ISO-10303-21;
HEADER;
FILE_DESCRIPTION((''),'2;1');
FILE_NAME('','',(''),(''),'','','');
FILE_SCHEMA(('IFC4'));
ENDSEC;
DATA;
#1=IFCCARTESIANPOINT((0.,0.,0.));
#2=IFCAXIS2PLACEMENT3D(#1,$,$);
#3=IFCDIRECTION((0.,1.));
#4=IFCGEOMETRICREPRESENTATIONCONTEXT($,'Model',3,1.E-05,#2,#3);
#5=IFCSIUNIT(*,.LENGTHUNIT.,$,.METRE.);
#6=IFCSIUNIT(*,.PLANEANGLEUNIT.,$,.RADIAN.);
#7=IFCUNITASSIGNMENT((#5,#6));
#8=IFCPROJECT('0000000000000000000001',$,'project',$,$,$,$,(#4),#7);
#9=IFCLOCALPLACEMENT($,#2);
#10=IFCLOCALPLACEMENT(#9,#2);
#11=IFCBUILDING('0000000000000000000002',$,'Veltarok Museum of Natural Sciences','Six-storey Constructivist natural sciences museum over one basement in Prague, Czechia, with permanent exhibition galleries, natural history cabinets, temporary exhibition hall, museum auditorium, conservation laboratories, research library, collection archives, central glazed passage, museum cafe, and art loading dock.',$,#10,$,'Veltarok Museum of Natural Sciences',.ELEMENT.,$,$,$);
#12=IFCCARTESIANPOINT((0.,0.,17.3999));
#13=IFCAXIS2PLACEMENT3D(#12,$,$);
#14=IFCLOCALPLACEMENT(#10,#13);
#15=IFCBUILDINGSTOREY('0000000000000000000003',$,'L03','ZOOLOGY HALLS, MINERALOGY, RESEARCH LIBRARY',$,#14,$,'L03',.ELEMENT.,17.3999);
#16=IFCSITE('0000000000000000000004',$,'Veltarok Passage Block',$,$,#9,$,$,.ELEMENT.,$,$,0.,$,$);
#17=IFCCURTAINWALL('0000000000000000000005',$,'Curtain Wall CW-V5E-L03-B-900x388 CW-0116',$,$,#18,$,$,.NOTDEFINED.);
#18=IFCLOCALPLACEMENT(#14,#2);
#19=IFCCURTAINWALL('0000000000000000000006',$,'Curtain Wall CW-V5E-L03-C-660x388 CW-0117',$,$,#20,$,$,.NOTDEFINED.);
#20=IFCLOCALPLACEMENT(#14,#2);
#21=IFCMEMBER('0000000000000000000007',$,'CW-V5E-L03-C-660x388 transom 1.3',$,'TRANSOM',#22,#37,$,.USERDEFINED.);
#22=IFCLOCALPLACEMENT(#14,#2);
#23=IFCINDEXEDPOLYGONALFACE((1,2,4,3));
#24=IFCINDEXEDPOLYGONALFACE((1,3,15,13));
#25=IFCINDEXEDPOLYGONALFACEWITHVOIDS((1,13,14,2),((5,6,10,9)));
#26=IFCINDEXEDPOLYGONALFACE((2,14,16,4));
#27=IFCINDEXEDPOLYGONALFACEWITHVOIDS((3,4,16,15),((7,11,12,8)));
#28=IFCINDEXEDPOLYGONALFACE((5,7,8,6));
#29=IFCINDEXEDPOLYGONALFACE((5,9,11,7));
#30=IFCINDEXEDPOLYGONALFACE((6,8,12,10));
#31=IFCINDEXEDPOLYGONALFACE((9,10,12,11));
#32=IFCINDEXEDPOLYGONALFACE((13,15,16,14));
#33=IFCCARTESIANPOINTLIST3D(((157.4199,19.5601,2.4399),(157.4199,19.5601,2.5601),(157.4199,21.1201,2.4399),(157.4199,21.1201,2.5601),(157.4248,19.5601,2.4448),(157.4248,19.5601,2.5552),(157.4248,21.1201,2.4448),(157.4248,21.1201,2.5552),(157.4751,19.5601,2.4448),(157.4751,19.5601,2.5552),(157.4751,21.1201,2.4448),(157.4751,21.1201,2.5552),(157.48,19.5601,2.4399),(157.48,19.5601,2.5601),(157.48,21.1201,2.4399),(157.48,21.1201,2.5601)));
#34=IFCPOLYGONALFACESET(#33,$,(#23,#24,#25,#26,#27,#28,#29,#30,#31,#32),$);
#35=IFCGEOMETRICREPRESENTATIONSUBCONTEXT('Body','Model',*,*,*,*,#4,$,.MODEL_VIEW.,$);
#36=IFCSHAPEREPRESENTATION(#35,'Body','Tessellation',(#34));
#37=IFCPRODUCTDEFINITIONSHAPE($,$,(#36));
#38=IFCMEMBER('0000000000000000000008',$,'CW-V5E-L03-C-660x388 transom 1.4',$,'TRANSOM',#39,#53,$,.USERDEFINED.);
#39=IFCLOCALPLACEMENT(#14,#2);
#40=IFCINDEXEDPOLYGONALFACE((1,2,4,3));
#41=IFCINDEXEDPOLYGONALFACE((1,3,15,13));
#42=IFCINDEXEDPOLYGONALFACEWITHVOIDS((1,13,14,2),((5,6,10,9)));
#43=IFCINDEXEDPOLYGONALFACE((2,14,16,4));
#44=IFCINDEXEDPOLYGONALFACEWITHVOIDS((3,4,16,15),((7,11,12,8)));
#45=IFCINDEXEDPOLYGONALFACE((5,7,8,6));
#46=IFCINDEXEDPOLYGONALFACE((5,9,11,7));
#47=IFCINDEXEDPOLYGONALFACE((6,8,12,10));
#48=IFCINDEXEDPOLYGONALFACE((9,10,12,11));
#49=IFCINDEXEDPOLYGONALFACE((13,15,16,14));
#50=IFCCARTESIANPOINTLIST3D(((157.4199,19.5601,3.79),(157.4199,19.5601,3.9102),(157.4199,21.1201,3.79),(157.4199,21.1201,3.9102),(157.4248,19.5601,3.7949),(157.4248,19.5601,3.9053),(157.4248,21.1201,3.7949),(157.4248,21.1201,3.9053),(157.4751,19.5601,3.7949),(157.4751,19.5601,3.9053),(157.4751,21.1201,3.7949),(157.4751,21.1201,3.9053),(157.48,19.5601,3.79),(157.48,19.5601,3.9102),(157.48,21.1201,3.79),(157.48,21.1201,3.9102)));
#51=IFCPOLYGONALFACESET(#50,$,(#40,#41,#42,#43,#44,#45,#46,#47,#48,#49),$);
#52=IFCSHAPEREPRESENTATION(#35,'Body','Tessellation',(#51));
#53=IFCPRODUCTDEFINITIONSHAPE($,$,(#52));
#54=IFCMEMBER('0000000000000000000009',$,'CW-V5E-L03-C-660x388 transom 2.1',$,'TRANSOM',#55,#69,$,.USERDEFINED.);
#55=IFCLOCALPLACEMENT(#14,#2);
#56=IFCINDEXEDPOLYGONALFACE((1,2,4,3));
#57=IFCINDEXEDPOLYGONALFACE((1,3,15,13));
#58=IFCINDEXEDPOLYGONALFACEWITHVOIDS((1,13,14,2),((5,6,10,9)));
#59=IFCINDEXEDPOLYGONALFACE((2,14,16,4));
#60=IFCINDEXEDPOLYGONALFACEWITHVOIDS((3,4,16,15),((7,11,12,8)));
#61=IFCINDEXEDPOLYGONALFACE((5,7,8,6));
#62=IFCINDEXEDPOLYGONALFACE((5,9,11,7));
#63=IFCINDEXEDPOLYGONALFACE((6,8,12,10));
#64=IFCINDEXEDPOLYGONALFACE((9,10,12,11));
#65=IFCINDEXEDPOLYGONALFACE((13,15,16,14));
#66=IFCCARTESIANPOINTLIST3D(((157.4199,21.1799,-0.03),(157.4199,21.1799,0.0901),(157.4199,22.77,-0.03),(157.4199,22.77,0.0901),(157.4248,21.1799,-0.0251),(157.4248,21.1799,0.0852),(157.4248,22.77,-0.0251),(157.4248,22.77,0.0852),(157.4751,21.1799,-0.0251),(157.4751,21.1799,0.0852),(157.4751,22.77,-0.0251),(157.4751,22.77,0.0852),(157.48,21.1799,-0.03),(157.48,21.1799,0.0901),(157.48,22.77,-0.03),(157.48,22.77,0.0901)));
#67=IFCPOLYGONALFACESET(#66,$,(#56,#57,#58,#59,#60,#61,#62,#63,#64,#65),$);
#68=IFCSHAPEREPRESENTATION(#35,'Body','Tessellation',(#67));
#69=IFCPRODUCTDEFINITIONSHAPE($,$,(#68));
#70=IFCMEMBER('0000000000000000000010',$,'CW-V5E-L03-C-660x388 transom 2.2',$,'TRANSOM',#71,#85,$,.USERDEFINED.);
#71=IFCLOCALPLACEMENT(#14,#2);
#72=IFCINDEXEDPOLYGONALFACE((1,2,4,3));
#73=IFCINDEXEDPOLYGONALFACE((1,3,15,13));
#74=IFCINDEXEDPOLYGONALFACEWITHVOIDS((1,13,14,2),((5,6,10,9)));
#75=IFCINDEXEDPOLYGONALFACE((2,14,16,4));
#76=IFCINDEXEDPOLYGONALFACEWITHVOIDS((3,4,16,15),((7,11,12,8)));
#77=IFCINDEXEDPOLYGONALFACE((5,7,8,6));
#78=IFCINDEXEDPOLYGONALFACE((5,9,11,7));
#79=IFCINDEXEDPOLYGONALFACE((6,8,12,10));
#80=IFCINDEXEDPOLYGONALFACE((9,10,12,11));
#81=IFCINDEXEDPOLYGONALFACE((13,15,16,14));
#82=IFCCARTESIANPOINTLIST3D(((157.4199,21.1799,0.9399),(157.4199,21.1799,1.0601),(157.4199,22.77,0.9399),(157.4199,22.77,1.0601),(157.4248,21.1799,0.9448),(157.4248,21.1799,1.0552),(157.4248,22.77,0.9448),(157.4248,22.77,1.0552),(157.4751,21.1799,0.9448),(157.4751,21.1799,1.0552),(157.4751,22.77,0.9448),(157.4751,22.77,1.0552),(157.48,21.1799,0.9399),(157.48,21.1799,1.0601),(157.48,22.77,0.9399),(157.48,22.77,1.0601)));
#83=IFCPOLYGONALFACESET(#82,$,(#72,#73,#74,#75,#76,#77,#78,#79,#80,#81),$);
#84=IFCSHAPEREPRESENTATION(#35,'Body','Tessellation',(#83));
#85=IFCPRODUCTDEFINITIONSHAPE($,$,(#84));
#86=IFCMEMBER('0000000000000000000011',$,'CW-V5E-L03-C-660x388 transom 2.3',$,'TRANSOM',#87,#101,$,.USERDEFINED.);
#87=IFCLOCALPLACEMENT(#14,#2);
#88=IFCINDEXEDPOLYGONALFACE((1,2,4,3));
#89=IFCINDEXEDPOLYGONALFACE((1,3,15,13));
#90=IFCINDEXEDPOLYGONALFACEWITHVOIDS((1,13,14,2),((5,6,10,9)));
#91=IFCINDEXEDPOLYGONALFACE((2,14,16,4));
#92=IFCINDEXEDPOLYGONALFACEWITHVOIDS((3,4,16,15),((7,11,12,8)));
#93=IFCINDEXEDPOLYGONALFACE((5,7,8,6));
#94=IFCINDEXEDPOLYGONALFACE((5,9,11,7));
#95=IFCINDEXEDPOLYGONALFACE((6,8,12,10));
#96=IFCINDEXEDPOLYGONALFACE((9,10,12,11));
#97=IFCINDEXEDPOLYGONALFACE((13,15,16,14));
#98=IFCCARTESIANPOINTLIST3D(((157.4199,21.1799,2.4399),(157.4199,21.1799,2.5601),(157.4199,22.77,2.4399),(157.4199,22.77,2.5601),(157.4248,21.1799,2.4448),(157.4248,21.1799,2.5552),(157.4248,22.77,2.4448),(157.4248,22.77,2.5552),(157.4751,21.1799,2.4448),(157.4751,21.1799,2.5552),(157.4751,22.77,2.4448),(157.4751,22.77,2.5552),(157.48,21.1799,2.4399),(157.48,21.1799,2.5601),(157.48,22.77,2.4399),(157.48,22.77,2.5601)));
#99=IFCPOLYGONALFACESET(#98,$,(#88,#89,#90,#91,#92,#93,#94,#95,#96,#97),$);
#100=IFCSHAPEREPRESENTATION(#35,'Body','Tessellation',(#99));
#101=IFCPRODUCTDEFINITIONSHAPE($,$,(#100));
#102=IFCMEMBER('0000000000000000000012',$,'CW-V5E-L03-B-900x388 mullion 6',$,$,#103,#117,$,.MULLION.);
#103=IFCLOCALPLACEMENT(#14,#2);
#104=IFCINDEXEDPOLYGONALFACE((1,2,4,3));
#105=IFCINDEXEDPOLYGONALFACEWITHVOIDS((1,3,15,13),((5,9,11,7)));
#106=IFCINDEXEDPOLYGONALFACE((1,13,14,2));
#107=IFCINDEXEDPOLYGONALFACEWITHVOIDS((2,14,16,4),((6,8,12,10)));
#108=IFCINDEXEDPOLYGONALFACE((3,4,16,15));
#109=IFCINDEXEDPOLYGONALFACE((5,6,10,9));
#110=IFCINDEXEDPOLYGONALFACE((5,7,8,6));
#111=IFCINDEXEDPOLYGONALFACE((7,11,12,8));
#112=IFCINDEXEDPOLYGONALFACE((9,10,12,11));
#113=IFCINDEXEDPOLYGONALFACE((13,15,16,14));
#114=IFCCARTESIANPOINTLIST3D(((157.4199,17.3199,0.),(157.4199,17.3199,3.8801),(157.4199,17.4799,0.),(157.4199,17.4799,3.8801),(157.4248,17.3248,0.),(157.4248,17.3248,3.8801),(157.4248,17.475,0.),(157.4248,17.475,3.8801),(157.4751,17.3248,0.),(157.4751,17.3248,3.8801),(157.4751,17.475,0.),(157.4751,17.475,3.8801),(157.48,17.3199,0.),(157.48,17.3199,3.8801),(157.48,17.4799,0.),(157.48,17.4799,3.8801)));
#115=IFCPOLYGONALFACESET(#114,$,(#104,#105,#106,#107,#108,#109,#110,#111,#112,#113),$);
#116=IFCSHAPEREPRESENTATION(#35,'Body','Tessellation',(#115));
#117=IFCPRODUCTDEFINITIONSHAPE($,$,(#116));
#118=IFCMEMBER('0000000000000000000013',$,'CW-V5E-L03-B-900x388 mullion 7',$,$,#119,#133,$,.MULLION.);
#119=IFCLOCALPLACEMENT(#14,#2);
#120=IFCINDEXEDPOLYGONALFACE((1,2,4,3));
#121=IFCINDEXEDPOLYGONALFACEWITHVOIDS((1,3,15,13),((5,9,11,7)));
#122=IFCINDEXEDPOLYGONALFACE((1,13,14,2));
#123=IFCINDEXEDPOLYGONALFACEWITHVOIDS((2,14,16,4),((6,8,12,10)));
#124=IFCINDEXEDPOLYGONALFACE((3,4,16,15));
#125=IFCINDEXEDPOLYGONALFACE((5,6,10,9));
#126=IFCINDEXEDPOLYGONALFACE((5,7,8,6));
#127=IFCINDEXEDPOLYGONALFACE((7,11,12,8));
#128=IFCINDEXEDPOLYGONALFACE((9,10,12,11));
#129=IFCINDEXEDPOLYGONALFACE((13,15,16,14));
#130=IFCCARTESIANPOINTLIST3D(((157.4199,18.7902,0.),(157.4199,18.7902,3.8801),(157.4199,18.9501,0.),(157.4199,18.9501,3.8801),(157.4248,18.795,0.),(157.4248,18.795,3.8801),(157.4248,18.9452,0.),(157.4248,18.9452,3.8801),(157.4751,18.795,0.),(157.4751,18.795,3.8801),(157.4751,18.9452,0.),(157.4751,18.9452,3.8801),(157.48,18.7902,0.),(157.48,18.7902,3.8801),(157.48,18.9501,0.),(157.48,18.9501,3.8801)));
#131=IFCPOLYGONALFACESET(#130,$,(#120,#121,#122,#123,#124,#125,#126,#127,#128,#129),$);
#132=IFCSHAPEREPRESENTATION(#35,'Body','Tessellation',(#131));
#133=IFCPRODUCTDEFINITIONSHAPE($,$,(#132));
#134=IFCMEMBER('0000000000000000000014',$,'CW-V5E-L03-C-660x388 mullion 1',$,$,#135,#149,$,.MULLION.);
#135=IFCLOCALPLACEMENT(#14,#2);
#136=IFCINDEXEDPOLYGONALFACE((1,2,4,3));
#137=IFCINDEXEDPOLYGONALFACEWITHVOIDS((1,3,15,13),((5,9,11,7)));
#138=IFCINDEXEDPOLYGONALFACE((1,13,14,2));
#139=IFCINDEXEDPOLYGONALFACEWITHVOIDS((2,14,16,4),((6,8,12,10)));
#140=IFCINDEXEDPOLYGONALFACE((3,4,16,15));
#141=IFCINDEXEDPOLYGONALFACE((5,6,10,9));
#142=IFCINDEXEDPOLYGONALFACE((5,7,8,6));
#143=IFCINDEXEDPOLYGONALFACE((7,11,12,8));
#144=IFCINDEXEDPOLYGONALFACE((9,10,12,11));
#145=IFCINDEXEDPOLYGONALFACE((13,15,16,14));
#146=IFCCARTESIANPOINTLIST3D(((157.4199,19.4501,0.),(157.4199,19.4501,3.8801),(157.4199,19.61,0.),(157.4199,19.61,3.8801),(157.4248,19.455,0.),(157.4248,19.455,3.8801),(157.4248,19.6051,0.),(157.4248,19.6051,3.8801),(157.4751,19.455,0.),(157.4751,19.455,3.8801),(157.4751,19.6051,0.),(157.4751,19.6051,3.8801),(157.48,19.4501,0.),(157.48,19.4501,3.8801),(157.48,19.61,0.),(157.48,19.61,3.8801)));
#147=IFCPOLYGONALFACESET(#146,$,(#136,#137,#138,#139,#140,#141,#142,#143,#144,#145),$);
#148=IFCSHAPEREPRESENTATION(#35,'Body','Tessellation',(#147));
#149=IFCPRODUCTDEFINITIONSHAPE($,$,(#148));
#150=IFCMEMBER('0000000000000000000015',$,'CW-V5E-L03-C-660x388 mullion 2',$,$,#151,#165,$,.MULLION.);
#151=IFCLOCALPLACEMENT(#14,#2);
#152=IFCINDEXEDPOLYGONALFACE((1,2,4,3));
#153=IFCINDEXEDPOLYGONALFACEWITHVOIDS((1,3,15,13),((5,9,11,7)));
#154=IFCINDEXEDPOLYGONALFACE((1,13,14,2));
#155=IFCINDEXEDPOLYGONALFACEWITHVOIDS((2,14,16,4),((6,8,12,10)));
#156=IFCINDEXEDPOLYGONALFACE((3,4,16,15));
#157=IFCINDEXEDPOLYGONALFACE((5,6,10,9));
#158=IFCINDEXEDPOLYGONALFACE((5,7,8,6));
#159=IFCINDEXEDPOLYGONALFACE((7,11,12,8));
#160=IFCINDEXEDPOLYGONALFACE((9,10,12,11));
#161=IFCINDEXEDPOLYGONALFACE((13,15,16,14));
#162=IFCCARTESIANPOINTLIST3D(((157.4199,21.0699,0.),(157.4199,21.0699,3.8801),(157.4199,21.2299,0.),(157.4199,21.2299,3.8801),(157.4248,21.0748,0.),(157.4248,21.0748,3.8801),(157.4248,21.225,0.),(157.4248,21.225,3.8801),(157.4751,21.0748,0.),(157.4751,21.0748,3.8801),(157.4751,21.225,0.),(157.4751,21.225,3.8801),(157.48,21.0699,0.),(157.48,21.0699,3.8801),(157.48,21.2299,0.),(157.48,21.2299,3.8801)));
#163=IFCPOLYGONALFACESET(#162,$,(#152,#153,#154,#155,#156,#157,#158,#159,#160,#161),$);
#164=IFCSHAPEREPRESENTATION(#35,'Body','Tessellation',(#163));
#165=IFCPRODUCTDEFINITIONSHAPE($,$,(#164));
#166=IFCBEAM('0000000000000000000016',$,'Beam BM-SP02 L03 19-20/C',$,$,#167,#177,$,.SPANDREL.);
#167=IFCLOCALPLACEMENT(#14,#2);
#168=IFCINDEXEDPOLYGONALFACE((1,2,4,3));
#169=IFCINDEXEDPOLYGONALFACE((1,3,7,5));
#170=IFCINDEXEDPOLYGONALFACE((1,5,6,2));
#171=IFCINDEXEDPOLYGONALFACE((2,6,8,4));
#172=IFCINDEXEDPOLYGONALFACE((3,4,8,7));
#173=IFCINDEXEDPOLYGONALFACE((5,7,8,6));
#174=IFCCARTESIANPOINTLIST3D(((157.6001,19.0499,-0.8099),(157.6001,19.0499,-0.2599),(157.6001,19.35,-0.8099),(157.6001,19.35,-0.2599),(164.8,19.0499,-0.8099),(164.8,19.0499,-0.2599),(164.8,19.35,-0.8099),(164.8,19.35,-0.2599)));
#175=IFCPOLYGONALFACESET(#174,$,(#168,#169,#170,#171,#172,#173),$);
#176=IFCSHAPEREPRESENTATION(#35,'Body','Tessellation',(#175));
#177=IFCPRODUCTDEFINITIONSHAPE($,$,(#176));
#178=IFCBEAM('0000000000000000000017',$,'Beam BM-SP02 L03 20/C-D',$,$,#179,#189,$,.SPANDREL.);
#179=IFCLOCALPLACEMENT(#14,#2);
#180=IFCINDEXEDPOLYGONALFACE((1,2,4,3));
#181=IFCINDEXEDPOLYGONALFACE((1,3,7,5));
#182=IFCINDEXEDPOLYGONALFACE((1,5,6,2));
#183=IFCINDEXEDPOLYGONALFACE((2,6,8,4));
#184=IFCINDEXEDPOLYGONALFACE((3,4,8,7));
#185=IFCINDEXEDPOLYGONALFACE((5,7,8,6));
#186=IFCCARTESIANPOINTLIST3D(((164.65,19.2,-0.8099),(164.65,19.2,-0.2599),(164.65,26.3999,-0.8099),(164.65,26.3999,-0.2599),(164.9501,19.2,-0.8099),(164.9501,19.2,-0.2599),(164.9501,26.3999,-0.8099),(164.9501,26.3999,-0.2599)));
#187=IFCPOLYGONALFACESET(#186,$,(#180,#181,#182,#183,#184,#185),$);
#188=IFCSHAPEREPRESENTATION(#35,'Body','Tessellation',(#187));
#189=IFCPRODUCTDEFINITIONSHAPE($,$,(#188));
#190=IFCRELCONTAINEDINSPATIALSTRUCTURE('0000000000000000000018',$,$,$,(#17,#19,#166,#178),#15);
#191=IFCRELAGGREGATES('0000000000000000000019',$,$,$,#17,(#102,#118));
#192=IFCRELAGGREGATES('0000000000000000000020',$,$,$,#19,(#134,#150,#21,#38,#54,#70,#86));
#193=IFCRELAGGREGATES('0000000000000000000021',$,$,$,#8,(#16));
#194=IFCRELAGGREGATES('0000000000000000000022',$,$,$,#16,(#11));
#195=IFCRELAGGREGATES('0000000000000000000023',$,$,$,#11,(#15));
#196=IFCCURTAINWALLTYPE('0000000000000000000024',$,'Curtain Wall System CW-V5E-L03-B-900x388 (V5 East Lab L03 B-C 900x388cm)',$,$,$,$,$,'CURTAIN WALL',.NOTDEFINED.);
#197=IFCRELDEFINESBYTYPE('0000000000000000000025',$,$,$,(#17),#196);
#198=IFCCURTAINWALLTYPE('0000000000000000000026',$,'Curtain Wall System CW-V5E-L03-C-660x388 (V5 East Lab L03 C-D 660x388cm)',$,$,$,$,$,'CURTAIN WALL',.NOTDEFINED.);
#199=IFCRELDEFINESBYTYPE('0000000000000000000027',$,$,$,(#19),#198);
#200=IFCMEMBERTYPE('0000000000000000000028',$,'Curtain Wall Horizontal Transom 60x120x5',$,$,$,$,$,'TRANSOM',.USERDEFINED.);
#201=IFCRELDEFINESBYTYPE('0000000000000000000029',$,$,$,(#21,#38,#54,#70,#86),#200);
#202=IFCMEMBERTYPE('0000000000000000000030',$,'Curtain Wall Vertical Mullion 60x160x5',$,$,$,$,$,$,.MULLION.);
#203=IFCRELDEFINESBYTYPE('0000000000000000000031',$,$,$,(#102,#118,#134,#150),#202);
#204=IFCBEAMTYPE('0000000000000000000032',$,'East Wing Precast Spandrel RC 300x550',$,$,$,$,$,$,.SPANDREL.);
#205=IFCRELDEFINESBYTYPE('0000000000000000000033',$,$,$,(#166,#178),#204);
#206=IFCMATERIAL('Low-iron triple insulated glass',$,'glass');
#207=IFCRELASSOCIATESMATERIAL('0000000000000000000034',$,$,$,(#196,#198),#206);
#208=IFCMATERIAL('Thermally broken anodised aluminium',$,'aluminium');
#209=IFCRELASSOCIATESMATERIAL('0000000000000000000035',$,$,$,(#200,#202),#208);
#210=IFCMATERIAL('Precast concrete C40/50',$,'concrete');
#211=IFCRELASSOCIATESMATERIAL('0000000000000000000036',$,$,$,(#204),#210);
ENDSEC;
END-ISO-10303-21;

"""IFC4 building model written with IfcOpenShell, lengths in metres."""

from ifc_helpers import new_model, si_unit, direction, frame, origin, origin_2d, place, context, subcontext, project, spatial, rectangle, hollow_rectangle, extrude, material, material_profile, profile_set, type_object, element, aggregate, save


model = new_model("IFC4")

# Units and contexts
model_context = context("Model", 3, precision=1e-05, world=origin(), true_north=direction((0.0, 1.0)))
body_context = subcontext(model_context, "Body", "Model", "MODEL_VIEW")
ifc_project = project(units=[si_unit("LENGTHUNIT", "METRE"), si_unit("PLANEANGLEUNIT", "RADIAN")], contexts=[model_context])

# Site, building, storey
site_placement = place(None, origin())
site = spatial("IfcSite", under=ifc_project, at=site_placement, Name="Veltarok Passage Block", CompositionType="ELEMENT", RefElevation=0.0)
building_placement = place(site_placement, origin())
building = spatial("IfcBuilding", under=site, at=building_placement, Name="Veltarok Museum of Natural Sciences", Description="Six-storey Constructivist natural sciences museum over one basement in Prague, Czechia, with permanent exhibition galleries, natural history cabinets, temporary exhibition hall, museum auditorium, conservation laboratories, research library, collection archives, central glazed passage, museum cafe, and art loading dock.", LongName="Veltarok Museum of Natural Sciences", CompositionType="ELEMENT")
storey_placement = place(building_placement, frame((0.0, 0.0, 17.3999)))
storey = spatial("IfcBuildingStorey", under=building, at=storey_placement, Name="L03", Description="ZOOLOGY HALLS, MINERALOGY, RESEARCH LIBRARY", LongName="L03", CompositionType="ELEMENT", Elevation=17.3999)

# Curtain walls, members
ifc_material_1 = material(Name="Low-iron triple insulated glass", Category="glass")
curtain_wall_type_1 = type_object("IfcCurtainWallType", Name="Curtain Wall System CW-V5E-L03-B-900x388 (V5 East Lab L03 B-C 900x388cm)", ElementType="CURTAIN WALL", PredefinedType="NOTDEFINED", material=ifc_material_1)
curtain_wall_1_placement = place(storey_placement, origin())
curtain_wall_1 = element("IfcCurtainWall", 1, at=curtain_wall_1_placement, inside=storey, type_object=curtain_wall_type_1, Name="Curtain Wall CW-V5E-L03-B-900x388 CW-0116", PredefinedType="NOTDEFINED")
ifc_material_2 = material(Name="Thermally broken anodised aluminium", Category="aluminium")
ifc_material_profile_1 = material_profile(ifc_material_2, hollow_rectangle(XDim=0.0601, YDim=0.1201, WallThickness=0.0049, at=origin_2d()), Name="CW TRANSOM 60x120x5")
ifc_profile_set_1 = profile_set([ifc_material_profile_1], Name="Thermally broken anodised aluminium")
member_type_1 = type_object("IfcMemberType", Name="Curtain Wall Horizontal Transom 60x120x5", ElementType="TRANSOM", PredefinedType="USERDEFINED", material=ifc_profile_set_1)
curtain_wall_type_2 = type_object("IfcCurtainWallType", Name="Curtain Wall System CW-V5E-L03-C-660x388 (V5 East Lab L03 C-D 660x388cm)", ElementType="CURTAIN WALL", PredefinedType="NOTDEFINED", material=ifc_material_1)
curtain_wall_2_placement = place(storey_placement, origin())
curtain_wall_2 = element("IfcCurtainWall", 2, at=curtain_wall_2_placement, inside=storey, type_object=curtain_wall_type_2, Name="Curtain Wall CW-V5E-L03-C-660x388 CW-0117", PredefinedType="NOTDEFINED")
member_1_placement = place(storey_placement, frame((157.45, 19.5601, 2.5), z_axis=(0.0, 1.0, 0.0), x_axis=(-1.0, 0.0, 0.0)))
member_1 = element("IfcMember", 3, at=member_1_placement, type_object=member_type_1, Name="CW-V5E-L03-C-660x388 transom 1.3", ObjectType="TRANSOM", PredefinedType="USERDEFINED", context=body_context, shape_type="SweptSolid", body=[
    extrude(hollow_rectangle(XDim=0.0601, YDim=0.1201, WallThickness=0.0049, at=origin_2d()), origin(), (0.0, 0.0, 1.0), 1.5601),
])
member_2_placement = place(storey_placement, frame((157.45, 19.5601, 3.8501), z_axis=(0.0, 1.0, 0.0), x_axis=(-1.0, 0.0, 0.0)))
member_2 = element("IfcMember", 4, at=member_2_placement, type_object=member_type_1, Name="CW-V5E-L03-C-660x388 transom 1.4", ObjectType="TRANSOM", PredefinedType="USERDEFINED", context=body_context, shape_type="SweptSolid", body=[
    extrude(hollow_rectangle(XDim=0.0601, YDim=0.1201, WallThickness=0.0049, at=origin_2d()), origin(), (0.0, 0.0, 1.0), 1.5601),
])
member_3_placement = place(storey_placement, frame((157.45, 21.1799, 0.03), z_axis=(0.0, 1.0, 0.0), x_axis=(-1.0, 0.0, 0.0)))
member_3 = element("IfcMember", 5, at=member_3_placement, type_object=member_type_1, Name="CW-V5E-L03-C-660x388 transom 2.1", ObjectType="TRANSOM", PredefinedType="USERDEFINED", context=body_context, shape_type="SweptSolid", body=[
    extrude(hollow_rectangle(XDim=0.0601, YDim=0.1201, WallThickness=0.0049, at=origin_2d()), origin(), (0.0, 0.0, 1.0), 1.5901),
])
member_4_placement = place(storey_placement, frame((157.45, 21.1799, 1.0), z_axis=(0.0, 1.0, 0.0), x_axis=(-1.0, 0.0, 0.0)))
member_4 = element("IfcMember", 6, at=member_4_placement, type_object=member_type_1, Name="CW-V5E-L03-C-660x388 transom 2.2", ObjectType="TRANSOM", PredefinedType="USERDEFINED", context=body_context, shape_type="SweptSolid", body=[
    extrude(hollow_rectangle(XDim=0.0601, YDim=0.1201, WallThickness=0.0049, at=origin_2d()), origin(), (0.0, 0.0, 1.0), 1.5901),
])
member_5_placement = place(storey_placement, frame((157.45, 21.1799, 2.5), z_axis=(0.0, 1.0, 0.0), x_axis=(-1.0, 0.0, 0.0)))
member_5 = element("IfcMember", 7, at=member_5_placement, type_object=member_type_1, Name="CW-V5E-L03-C-660x388 transom 2.3", ObjectType="TRANSOM", PredefinedType="USERDEFINED", context=body_context, shape_type="SweptSolid", body=[
    extrude(hollow_rectangle(XDim=0.0601, YDim=0.1201, WallThickness=0.0049, at=origin_2d()), origin(), (0.0, 0.0, 1.0), 1.5901),
])

# Members
ifc_material_profile_2 = material_profile(ifc_material_2, hollow_rectangle(XDim=0.0601, YDim=0.1599, WallThickness=0.0049, at=origin_2d()), Name="CW MULLION 60x160x5")
ifc_profile_set_2 = profile_set([ifc_material_profile_2], Name="Thermally broken anodised aluminium")
member_type_2 = type_object("IfcMemberType", Name="Curtain Wall Vertical Mullion 60x160x5", PredefinedType="MULLION", material=ifc_profile_set_2)
member_6_placement = place(storey_placement, frame((157.45, 17.3999, 0.0), z_axis=(0.0, 0.0, 1.0), x_axis=(-1.0, 0.0, 0.0)))
member_6 = element("IfcMember", 8, at=member_6_placement, type_object=member_type_2, Name="CW-V5E-L03-B-900x388 mullion 6", PredefinedType="MULLION", context=body_context, shape_type="SweptSolid", body=[
    extrude(hollow_rectangle(XDim=0.0601, YDim=0.1599, WallThickness=0.0049, at=origin_2d()), origin(), (0.0, 0.0, 1.0), 3.8801),
])
member_7_placement = place(storey_placement, frame((157.45, 18.8701, 0.0), z_axis=(0.0, 0.0, 1.0), x_axis=(-1.0, 0.0, 0.0)))
member_7 = element("IfcMember", 9, at=member_7_placement, type_object=member_type_2, Name="CW-V5E-L03-B-900x388 mullion 7", PredefinedType="MULLION", context=body_context, shape_type="SweptSolid", body=[
    extrude(hollow_rectangle(XDim=0.0601, YDim=0.1599, WallThickness=0.0049, at=origin_2d()), origin(), (0.0, 0.0, 1.0), 3.8801),
])
member_8_placement = place(storey_placement, frame((157.45, 19.53, 0.0), z_axis=(0.0, 0.0, 1.0), x_axis=(-1.0, 0.0, 0.0)))
member_8 = element("IfcMember", 10, at=member_8_placement, type_object=member_type_2, Name="CW-V5E-L03-C-660x388 mullion 1", PredefinedType="MULLION", context=body_context, shape_type="SweptSolid", body=[
    extrude(hollow_rectangle(XDim=0.0601, YDim=0.1599, WallThickness=0.0049, at=origin_2d()), origin(), (0.0, 0.0, 1.0), 3.8801),
])
member_9_placement = place(storey_placement, frame((157.45, 21.1499, 0.0), z_axis=(0.0, 0.0, 1.0), x_axis=(-1.0, 0.0, 0.0)))
member_9 = element("IfcMember", 11, at=member_9_placement, type_object=member_type_2, Name="CW-V5E-L03-C-660x388 mullion 2", PredefinedType="MULLION", context=body_context, shape_type="SweptSolid", body=[
    extrude(hollow_rectangle(XDim=0.0601, YDim=0.1599, WallThickness=0.0049, at=origin_2d()), origin(), (0.0, 0.0, 1.0), 3.8801),
])

# Beams
ifc_material_3 = material(Name="Precast concrete C40/50", Category="concrete")
ifc_material_profile_3 = material_profile(ifc_material_3, rectangle(XDim=0.3, YDim=0.55, at=origin_2d()), Name="RC 300x550")
ifc_profile_set_3 = profile_set([ifc_material_profile_3], Name="Precast concrete C40/50")
beam_type_1 = type_object("IfcBeamType", Name="East Wing Precast Spandrel RC 300x550", PredefinedType="SPANDREL", material=ifc_profile_set_3)
for number, where, z_axis, x_axis, name in (
    (12, (157.6001, 19.2, -0.5349), (1.0, 0.0, 0.0), (0.0, 1.0, 0.0), "Beam BM-SP02 L03 19-20/C"),
    (13, (164.8, 19.2, -0.5349), (0.0, 1.0, 0.0), (-1.0, 0.0, 0.0), "Beam BM-SP02 L03 20/C-D"),
):
    element("IfcBeam", number, at=place(storey_placement, frame(where, z_axis=z_axis, x_axis=x_axis)), inside=storey, type_object=beam_type_1, Name=name, PredefinedType="SPANDREL", context=body_context, shape_type="SweptSolid", body=[
        extrude(rectangle(XDim=0.3, YDim=0.55, at=origin_2d()), origin(), (0.0, 0.0, 1.0), 7.2),
    ])

aggregate(curtain_wall_1, [member_6, member_7])
aggregate(curtain_wall_2, [member_8, member_9, member_1, member_2, member_3, member_4, member_5])

save(model, "model.ifc")
